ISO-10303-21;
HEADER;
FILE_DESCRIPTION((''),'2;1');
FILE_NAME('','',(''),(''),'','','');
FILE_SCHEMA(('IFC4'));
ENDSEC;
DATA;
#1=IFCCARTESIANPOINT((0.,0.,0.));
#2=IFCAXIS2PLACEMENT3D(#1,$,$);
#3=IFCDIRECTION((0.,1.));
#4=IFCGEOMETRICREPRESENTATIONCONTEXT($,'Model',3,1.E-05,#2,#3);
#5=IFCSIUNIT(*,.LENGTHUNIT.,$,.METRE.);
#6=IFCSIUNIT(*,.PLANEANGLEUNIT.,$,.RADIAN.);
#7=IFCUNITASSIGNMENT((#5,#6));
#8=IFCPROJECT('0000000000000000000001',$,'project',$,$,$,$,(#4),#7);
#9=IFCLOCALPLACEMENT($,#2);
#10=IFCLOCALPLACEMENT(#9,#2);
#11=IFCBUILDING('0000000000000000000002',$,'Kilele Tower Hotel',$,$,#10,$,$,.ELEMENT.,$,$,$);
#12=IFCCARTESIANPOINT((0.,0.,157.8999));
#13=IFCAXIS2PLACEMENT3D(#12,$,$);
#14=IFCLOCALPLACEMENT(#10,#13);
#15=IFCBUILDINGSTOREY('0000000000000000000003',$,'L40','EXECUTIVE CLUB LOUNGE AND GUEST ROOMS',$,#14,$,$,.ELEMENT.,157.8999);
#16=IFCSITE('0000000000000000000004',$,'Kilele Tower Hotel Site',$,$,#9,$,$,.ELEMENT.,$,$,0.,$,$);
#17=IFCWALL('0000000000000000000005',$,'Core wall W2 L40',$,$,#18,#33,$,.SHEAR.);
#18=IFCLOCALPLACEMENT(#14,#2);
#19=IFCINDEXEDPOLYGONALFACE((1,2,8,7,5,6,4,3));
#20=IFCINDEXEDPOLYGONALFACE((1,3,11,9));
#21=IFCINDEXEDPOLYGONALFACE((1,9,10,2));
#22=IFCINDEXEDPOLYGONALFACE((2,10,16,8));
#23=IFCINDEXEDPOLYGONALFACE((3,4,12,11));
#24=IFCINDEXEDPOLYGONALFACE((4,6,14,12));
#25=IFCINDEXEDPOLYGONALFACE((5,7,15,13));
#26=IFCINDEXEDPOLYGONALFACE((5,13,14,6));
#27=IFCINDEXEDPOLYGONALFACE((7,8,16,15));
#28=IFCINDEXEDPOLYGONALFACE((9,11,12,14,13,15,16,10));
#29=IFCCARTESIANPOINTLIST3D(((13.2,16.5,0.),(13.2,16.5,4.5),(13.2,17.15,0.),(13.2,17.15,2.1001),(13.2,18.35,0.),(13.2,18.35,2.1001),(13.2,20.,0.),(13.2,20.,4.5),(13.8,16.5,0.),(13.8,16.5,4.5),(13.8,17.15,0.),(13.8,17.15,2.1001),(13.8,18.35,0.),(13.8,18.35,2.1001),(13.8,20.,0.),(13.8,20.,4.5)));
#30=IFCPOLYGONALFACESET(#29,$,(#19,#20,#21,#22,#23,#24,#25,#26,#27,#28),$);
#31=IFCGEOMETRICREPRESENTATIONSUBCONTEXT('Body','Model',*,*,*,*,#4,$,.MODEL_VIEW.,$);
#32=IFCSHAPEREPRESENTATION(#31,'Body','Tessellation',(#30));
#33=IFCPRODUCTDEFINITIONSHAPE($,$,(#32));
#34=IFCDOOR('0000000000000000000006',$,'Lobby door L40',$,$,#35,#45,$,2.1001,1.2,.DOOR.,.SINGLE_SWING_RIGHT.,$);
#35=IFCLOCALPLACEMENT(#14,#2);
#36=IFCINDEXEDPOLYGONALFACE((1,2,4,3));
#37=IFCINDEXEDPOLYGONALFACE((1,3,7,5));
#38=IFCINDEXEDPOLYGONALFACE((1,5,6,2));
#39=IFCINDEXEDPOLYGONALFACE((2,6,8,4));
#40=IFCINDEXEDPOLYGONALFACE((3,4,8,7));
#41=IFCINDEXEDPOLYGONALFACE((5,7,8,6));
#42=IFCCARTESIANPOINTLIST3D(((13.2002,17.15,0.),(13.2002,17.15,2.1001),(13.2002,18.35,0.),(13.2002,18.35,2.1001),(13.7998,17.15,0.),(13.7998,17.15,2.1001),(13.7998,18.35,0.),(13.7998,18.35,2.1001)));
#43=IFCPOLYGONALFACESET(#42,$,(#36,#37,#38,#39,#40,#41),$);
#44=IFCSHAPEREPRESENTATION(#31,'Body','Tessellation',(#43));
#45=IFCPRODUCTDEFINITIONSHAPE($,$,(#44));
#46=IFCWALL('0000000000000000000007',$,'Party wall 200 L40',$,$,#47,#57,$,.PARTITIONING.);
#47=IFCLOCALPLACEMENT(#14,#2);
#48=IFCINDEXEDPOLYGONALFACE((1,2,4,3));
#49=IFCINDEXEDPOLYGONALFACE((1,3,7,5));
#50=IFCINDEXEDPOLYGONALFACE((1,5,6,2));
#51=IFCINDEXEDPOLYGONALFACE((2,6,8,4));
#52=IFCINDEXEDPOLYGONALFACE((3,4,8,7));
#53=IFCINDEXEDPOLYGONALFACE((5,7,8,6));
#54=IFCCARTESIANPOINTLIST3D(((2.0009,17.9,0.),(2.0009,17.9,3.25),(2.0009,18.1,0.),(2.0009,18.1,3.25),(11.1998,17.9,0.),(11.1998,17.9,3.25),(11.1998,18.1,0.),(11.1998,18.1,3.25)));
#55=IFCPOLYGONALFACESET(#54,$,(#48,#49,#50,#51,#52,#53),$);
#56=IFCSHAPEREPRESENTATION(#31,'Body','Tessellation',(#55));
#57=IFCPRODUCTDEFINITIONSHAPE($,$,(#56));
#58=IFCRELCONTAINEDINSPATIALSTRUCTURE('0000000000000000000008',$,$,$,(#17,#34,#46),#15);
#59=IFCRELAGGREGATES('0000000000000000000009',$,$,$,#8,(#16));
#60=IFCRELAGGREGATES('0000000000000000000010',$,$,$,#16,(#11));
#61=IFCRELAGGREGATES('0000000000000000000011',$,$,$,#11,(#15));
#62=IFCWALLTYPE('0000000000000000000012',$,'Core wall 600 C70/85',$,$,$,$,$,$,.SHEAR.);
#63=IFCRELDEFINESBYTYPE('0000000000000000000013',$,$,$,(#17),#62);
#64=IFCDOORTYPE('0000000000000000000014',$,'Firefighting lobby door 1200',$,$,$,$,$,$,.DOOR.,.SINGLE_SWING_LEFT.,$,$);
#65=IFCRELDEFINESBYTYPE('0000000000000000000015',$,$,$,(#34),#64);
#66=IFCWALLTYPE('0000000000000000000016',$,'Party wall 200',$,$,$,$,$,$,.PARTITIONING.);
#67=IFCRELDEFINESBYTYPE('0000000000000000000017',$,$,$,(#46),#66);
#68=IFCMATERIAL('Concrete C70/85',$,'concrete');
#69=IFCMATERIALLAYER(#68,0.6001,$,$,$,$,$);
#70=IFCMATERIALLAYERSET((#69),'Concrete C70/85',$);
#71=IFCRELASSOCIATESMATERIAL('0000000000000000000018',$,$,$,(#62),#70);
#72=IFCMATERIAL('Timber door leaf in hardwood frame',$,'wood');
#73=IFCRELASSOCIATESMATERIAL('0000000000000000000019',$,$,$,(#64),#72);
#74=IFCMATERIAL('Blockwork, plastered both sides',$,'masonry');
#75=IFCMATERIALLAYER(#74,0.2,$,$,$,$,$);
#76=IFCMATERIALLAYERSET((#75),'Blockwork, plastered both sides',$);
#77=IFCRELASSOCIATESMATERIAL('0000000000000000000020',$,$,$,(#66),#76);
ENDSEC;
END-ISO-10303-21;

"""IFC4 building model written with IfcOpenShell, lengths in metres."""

from ifc_helpers import new_model, si_unit, direction, frame, frame_2d, origin, place, context, subcontext, project, spatial, rectangle, extrude, material, layer, layer_set, type_object, element, fill, save


model = new_model("IFC4")

# Units and contexts
model_context = context("Model", 3, precision=1e-05, world=origin(), true_north=direction((0.0, 1.0)))
body_context = subcontext(model_context, "Body", "Model", "MODEL_VIEW")
ifc_project = project(units=[si_unit("LENGTHUNIT", "METRE"), si_unit("PLANEANGLEUNIT", "RADIAN")], contexts=[model_context])

# Site, building, storey
site_placement = place(None, origin())
site = spatial("IfcSite", under=ifc_project, at=site_placement, Name="Kilele Tower Hotel Site", CompositionType="ELEMENT", RefElevation=0.0)
building_placement = place(site_placement, origin())
building = spatial("IfcBuilding", under=site, at=building_placement, Name="Kilele Tower Hotel", CompositionType="ELEMENT")
storey_placement = place(building_placement, frame((0.0, 0.0, 157.8999)))
storey = spatial("IfcBuildingStorey", under=building, at=storey_placement, Name="L40", Description="EXECUTIVE CLUB LOUNGE AND GUEST ROOMS", CompositionType="ELEMENT", Elevation=157.8999)

# Shared definitions
ifc_material_1 = material(Name="Concrete C70/85", Category="concrete")
ifc_layer_1 = layer(ifc_material_1, 0.6001)
ifc_layer_set_1 = layer_set([ifc_layer_1], Name="Concrete C70/85")
wall_type_1 = type_object("IfcWallType", Name="Core wall 600 C70/85", PredefinedType="SHEAR", material=ifc_layer_set_1)

# Wall, opening, door
wall_1_placement = place(storey_placement, frame((13.5, 20.0, 0.0), z_axis=(0.0, 0.0, 1.0), x_axis=(0.0, -1.0, 0.0)))
wall_1 = element("IfcWall", 1, at=wall_1_placement, inside=storey, type_object=wall_type_1, Name="Core wall W2 L40", PredefinedType="SHEAR", context=body_context, shape_type="SweptSolid", body=[
    extrude(rectangle(XDim=3.5, YDim=0.6001, at=frame_2d((1.75, 0.0))), origin(), (0.0, 0.0, 1.0), 4.5),
])
opening_1_placement = place(wall_1_placement, frame((1.6499, 0.0, 0.0)))
opening_1 = element("IfcOpeningElement", 2, at=opening_1_placement, cuts=wall_1, PredefinedType="OPENING", context=body_context, shape_type="SweptSolid", body=[
    extrude(rectangle(XDim=1.2, YDim=2.1001, at=frame_2d((0.6001, 1.05))), frame((0.0, 0.3101, 0.0), z_axis=(0.0, -1.0, 0.0), x_axis=(1.0, 0.0, 0.0)), (0.0, 0.0, 1.0), 0.6201),
])
ifc_material_2 = material(Name="Timber door leaf in hardwood frame", Category="wood")
door_type_1 = type_object("IfcDoorType", Name="Firefighting lobby door 1200", OperationType="SINGLE_SWING_LEFT", PredefinedType="DOOR", material=ifc_material_2)
door_1_placement = place(opening_1_placement, origin())
door_1 = element("IfcDoor", 3, at=door_1_placement, inside=storey, type_object=door_type_1, Name="Lobby door L40", OperationType="SINGLE_SWING_RIGHT", OverallHeight=2.1001, OverallWidth=1.2, PredefinedType="DOOR", context=body_context, shape_type="SweptSolid", body=[
    extrude(rectangle(XDim=1.2, YDim=2.1001, at=frame_2d((0.6001, 1.05))), frame((0.0, 0.2998, 0.0), z_axis=(0.0, -1.0, 0.0), x_axis=(1.0, 0.0, 0.0)), (0.0, 0.0, 1.0), 0.5996),
])
fill(opening_1, door_1)

# Wall
ifc_material_3 = material(Name="Blockwork, plastered both sides", Category="masonry")
ifc_layer_2 = layer(ifc_material_3, 0.2)
ifc_layer_set_2 = layer_set([ifc_layer_2], Name="Blockwork, plastered both sides")
wall_type_2 = type_object("IfcWallType", Name="Party wall 200", PredefinedType="PARTITIONING", material=ifc_layer_set_2)
wall_2_placement = place(storey_placement, frame((11.2, 18.0, 0.0), z_axis=(0.0, 0.0, 1.0), x_axis=(-1.0, 0.0, 0.0)))
element("IfcWall", 4, at=wall_2_placement, inside=storey, type_object=wall_type_2, Name="Party wall 200 L40", PredefinedType="PARTITIONING", context=body_context, shape_type="SweptSolid", body=[
    extrude(rectangle(XDim=9.199, YDim=0.2, at=frame_2d((4.5996, 0.0))), origin(), (0.0, 0.0, 1.0), 3.25),
])

save(model, "model.ifc")
